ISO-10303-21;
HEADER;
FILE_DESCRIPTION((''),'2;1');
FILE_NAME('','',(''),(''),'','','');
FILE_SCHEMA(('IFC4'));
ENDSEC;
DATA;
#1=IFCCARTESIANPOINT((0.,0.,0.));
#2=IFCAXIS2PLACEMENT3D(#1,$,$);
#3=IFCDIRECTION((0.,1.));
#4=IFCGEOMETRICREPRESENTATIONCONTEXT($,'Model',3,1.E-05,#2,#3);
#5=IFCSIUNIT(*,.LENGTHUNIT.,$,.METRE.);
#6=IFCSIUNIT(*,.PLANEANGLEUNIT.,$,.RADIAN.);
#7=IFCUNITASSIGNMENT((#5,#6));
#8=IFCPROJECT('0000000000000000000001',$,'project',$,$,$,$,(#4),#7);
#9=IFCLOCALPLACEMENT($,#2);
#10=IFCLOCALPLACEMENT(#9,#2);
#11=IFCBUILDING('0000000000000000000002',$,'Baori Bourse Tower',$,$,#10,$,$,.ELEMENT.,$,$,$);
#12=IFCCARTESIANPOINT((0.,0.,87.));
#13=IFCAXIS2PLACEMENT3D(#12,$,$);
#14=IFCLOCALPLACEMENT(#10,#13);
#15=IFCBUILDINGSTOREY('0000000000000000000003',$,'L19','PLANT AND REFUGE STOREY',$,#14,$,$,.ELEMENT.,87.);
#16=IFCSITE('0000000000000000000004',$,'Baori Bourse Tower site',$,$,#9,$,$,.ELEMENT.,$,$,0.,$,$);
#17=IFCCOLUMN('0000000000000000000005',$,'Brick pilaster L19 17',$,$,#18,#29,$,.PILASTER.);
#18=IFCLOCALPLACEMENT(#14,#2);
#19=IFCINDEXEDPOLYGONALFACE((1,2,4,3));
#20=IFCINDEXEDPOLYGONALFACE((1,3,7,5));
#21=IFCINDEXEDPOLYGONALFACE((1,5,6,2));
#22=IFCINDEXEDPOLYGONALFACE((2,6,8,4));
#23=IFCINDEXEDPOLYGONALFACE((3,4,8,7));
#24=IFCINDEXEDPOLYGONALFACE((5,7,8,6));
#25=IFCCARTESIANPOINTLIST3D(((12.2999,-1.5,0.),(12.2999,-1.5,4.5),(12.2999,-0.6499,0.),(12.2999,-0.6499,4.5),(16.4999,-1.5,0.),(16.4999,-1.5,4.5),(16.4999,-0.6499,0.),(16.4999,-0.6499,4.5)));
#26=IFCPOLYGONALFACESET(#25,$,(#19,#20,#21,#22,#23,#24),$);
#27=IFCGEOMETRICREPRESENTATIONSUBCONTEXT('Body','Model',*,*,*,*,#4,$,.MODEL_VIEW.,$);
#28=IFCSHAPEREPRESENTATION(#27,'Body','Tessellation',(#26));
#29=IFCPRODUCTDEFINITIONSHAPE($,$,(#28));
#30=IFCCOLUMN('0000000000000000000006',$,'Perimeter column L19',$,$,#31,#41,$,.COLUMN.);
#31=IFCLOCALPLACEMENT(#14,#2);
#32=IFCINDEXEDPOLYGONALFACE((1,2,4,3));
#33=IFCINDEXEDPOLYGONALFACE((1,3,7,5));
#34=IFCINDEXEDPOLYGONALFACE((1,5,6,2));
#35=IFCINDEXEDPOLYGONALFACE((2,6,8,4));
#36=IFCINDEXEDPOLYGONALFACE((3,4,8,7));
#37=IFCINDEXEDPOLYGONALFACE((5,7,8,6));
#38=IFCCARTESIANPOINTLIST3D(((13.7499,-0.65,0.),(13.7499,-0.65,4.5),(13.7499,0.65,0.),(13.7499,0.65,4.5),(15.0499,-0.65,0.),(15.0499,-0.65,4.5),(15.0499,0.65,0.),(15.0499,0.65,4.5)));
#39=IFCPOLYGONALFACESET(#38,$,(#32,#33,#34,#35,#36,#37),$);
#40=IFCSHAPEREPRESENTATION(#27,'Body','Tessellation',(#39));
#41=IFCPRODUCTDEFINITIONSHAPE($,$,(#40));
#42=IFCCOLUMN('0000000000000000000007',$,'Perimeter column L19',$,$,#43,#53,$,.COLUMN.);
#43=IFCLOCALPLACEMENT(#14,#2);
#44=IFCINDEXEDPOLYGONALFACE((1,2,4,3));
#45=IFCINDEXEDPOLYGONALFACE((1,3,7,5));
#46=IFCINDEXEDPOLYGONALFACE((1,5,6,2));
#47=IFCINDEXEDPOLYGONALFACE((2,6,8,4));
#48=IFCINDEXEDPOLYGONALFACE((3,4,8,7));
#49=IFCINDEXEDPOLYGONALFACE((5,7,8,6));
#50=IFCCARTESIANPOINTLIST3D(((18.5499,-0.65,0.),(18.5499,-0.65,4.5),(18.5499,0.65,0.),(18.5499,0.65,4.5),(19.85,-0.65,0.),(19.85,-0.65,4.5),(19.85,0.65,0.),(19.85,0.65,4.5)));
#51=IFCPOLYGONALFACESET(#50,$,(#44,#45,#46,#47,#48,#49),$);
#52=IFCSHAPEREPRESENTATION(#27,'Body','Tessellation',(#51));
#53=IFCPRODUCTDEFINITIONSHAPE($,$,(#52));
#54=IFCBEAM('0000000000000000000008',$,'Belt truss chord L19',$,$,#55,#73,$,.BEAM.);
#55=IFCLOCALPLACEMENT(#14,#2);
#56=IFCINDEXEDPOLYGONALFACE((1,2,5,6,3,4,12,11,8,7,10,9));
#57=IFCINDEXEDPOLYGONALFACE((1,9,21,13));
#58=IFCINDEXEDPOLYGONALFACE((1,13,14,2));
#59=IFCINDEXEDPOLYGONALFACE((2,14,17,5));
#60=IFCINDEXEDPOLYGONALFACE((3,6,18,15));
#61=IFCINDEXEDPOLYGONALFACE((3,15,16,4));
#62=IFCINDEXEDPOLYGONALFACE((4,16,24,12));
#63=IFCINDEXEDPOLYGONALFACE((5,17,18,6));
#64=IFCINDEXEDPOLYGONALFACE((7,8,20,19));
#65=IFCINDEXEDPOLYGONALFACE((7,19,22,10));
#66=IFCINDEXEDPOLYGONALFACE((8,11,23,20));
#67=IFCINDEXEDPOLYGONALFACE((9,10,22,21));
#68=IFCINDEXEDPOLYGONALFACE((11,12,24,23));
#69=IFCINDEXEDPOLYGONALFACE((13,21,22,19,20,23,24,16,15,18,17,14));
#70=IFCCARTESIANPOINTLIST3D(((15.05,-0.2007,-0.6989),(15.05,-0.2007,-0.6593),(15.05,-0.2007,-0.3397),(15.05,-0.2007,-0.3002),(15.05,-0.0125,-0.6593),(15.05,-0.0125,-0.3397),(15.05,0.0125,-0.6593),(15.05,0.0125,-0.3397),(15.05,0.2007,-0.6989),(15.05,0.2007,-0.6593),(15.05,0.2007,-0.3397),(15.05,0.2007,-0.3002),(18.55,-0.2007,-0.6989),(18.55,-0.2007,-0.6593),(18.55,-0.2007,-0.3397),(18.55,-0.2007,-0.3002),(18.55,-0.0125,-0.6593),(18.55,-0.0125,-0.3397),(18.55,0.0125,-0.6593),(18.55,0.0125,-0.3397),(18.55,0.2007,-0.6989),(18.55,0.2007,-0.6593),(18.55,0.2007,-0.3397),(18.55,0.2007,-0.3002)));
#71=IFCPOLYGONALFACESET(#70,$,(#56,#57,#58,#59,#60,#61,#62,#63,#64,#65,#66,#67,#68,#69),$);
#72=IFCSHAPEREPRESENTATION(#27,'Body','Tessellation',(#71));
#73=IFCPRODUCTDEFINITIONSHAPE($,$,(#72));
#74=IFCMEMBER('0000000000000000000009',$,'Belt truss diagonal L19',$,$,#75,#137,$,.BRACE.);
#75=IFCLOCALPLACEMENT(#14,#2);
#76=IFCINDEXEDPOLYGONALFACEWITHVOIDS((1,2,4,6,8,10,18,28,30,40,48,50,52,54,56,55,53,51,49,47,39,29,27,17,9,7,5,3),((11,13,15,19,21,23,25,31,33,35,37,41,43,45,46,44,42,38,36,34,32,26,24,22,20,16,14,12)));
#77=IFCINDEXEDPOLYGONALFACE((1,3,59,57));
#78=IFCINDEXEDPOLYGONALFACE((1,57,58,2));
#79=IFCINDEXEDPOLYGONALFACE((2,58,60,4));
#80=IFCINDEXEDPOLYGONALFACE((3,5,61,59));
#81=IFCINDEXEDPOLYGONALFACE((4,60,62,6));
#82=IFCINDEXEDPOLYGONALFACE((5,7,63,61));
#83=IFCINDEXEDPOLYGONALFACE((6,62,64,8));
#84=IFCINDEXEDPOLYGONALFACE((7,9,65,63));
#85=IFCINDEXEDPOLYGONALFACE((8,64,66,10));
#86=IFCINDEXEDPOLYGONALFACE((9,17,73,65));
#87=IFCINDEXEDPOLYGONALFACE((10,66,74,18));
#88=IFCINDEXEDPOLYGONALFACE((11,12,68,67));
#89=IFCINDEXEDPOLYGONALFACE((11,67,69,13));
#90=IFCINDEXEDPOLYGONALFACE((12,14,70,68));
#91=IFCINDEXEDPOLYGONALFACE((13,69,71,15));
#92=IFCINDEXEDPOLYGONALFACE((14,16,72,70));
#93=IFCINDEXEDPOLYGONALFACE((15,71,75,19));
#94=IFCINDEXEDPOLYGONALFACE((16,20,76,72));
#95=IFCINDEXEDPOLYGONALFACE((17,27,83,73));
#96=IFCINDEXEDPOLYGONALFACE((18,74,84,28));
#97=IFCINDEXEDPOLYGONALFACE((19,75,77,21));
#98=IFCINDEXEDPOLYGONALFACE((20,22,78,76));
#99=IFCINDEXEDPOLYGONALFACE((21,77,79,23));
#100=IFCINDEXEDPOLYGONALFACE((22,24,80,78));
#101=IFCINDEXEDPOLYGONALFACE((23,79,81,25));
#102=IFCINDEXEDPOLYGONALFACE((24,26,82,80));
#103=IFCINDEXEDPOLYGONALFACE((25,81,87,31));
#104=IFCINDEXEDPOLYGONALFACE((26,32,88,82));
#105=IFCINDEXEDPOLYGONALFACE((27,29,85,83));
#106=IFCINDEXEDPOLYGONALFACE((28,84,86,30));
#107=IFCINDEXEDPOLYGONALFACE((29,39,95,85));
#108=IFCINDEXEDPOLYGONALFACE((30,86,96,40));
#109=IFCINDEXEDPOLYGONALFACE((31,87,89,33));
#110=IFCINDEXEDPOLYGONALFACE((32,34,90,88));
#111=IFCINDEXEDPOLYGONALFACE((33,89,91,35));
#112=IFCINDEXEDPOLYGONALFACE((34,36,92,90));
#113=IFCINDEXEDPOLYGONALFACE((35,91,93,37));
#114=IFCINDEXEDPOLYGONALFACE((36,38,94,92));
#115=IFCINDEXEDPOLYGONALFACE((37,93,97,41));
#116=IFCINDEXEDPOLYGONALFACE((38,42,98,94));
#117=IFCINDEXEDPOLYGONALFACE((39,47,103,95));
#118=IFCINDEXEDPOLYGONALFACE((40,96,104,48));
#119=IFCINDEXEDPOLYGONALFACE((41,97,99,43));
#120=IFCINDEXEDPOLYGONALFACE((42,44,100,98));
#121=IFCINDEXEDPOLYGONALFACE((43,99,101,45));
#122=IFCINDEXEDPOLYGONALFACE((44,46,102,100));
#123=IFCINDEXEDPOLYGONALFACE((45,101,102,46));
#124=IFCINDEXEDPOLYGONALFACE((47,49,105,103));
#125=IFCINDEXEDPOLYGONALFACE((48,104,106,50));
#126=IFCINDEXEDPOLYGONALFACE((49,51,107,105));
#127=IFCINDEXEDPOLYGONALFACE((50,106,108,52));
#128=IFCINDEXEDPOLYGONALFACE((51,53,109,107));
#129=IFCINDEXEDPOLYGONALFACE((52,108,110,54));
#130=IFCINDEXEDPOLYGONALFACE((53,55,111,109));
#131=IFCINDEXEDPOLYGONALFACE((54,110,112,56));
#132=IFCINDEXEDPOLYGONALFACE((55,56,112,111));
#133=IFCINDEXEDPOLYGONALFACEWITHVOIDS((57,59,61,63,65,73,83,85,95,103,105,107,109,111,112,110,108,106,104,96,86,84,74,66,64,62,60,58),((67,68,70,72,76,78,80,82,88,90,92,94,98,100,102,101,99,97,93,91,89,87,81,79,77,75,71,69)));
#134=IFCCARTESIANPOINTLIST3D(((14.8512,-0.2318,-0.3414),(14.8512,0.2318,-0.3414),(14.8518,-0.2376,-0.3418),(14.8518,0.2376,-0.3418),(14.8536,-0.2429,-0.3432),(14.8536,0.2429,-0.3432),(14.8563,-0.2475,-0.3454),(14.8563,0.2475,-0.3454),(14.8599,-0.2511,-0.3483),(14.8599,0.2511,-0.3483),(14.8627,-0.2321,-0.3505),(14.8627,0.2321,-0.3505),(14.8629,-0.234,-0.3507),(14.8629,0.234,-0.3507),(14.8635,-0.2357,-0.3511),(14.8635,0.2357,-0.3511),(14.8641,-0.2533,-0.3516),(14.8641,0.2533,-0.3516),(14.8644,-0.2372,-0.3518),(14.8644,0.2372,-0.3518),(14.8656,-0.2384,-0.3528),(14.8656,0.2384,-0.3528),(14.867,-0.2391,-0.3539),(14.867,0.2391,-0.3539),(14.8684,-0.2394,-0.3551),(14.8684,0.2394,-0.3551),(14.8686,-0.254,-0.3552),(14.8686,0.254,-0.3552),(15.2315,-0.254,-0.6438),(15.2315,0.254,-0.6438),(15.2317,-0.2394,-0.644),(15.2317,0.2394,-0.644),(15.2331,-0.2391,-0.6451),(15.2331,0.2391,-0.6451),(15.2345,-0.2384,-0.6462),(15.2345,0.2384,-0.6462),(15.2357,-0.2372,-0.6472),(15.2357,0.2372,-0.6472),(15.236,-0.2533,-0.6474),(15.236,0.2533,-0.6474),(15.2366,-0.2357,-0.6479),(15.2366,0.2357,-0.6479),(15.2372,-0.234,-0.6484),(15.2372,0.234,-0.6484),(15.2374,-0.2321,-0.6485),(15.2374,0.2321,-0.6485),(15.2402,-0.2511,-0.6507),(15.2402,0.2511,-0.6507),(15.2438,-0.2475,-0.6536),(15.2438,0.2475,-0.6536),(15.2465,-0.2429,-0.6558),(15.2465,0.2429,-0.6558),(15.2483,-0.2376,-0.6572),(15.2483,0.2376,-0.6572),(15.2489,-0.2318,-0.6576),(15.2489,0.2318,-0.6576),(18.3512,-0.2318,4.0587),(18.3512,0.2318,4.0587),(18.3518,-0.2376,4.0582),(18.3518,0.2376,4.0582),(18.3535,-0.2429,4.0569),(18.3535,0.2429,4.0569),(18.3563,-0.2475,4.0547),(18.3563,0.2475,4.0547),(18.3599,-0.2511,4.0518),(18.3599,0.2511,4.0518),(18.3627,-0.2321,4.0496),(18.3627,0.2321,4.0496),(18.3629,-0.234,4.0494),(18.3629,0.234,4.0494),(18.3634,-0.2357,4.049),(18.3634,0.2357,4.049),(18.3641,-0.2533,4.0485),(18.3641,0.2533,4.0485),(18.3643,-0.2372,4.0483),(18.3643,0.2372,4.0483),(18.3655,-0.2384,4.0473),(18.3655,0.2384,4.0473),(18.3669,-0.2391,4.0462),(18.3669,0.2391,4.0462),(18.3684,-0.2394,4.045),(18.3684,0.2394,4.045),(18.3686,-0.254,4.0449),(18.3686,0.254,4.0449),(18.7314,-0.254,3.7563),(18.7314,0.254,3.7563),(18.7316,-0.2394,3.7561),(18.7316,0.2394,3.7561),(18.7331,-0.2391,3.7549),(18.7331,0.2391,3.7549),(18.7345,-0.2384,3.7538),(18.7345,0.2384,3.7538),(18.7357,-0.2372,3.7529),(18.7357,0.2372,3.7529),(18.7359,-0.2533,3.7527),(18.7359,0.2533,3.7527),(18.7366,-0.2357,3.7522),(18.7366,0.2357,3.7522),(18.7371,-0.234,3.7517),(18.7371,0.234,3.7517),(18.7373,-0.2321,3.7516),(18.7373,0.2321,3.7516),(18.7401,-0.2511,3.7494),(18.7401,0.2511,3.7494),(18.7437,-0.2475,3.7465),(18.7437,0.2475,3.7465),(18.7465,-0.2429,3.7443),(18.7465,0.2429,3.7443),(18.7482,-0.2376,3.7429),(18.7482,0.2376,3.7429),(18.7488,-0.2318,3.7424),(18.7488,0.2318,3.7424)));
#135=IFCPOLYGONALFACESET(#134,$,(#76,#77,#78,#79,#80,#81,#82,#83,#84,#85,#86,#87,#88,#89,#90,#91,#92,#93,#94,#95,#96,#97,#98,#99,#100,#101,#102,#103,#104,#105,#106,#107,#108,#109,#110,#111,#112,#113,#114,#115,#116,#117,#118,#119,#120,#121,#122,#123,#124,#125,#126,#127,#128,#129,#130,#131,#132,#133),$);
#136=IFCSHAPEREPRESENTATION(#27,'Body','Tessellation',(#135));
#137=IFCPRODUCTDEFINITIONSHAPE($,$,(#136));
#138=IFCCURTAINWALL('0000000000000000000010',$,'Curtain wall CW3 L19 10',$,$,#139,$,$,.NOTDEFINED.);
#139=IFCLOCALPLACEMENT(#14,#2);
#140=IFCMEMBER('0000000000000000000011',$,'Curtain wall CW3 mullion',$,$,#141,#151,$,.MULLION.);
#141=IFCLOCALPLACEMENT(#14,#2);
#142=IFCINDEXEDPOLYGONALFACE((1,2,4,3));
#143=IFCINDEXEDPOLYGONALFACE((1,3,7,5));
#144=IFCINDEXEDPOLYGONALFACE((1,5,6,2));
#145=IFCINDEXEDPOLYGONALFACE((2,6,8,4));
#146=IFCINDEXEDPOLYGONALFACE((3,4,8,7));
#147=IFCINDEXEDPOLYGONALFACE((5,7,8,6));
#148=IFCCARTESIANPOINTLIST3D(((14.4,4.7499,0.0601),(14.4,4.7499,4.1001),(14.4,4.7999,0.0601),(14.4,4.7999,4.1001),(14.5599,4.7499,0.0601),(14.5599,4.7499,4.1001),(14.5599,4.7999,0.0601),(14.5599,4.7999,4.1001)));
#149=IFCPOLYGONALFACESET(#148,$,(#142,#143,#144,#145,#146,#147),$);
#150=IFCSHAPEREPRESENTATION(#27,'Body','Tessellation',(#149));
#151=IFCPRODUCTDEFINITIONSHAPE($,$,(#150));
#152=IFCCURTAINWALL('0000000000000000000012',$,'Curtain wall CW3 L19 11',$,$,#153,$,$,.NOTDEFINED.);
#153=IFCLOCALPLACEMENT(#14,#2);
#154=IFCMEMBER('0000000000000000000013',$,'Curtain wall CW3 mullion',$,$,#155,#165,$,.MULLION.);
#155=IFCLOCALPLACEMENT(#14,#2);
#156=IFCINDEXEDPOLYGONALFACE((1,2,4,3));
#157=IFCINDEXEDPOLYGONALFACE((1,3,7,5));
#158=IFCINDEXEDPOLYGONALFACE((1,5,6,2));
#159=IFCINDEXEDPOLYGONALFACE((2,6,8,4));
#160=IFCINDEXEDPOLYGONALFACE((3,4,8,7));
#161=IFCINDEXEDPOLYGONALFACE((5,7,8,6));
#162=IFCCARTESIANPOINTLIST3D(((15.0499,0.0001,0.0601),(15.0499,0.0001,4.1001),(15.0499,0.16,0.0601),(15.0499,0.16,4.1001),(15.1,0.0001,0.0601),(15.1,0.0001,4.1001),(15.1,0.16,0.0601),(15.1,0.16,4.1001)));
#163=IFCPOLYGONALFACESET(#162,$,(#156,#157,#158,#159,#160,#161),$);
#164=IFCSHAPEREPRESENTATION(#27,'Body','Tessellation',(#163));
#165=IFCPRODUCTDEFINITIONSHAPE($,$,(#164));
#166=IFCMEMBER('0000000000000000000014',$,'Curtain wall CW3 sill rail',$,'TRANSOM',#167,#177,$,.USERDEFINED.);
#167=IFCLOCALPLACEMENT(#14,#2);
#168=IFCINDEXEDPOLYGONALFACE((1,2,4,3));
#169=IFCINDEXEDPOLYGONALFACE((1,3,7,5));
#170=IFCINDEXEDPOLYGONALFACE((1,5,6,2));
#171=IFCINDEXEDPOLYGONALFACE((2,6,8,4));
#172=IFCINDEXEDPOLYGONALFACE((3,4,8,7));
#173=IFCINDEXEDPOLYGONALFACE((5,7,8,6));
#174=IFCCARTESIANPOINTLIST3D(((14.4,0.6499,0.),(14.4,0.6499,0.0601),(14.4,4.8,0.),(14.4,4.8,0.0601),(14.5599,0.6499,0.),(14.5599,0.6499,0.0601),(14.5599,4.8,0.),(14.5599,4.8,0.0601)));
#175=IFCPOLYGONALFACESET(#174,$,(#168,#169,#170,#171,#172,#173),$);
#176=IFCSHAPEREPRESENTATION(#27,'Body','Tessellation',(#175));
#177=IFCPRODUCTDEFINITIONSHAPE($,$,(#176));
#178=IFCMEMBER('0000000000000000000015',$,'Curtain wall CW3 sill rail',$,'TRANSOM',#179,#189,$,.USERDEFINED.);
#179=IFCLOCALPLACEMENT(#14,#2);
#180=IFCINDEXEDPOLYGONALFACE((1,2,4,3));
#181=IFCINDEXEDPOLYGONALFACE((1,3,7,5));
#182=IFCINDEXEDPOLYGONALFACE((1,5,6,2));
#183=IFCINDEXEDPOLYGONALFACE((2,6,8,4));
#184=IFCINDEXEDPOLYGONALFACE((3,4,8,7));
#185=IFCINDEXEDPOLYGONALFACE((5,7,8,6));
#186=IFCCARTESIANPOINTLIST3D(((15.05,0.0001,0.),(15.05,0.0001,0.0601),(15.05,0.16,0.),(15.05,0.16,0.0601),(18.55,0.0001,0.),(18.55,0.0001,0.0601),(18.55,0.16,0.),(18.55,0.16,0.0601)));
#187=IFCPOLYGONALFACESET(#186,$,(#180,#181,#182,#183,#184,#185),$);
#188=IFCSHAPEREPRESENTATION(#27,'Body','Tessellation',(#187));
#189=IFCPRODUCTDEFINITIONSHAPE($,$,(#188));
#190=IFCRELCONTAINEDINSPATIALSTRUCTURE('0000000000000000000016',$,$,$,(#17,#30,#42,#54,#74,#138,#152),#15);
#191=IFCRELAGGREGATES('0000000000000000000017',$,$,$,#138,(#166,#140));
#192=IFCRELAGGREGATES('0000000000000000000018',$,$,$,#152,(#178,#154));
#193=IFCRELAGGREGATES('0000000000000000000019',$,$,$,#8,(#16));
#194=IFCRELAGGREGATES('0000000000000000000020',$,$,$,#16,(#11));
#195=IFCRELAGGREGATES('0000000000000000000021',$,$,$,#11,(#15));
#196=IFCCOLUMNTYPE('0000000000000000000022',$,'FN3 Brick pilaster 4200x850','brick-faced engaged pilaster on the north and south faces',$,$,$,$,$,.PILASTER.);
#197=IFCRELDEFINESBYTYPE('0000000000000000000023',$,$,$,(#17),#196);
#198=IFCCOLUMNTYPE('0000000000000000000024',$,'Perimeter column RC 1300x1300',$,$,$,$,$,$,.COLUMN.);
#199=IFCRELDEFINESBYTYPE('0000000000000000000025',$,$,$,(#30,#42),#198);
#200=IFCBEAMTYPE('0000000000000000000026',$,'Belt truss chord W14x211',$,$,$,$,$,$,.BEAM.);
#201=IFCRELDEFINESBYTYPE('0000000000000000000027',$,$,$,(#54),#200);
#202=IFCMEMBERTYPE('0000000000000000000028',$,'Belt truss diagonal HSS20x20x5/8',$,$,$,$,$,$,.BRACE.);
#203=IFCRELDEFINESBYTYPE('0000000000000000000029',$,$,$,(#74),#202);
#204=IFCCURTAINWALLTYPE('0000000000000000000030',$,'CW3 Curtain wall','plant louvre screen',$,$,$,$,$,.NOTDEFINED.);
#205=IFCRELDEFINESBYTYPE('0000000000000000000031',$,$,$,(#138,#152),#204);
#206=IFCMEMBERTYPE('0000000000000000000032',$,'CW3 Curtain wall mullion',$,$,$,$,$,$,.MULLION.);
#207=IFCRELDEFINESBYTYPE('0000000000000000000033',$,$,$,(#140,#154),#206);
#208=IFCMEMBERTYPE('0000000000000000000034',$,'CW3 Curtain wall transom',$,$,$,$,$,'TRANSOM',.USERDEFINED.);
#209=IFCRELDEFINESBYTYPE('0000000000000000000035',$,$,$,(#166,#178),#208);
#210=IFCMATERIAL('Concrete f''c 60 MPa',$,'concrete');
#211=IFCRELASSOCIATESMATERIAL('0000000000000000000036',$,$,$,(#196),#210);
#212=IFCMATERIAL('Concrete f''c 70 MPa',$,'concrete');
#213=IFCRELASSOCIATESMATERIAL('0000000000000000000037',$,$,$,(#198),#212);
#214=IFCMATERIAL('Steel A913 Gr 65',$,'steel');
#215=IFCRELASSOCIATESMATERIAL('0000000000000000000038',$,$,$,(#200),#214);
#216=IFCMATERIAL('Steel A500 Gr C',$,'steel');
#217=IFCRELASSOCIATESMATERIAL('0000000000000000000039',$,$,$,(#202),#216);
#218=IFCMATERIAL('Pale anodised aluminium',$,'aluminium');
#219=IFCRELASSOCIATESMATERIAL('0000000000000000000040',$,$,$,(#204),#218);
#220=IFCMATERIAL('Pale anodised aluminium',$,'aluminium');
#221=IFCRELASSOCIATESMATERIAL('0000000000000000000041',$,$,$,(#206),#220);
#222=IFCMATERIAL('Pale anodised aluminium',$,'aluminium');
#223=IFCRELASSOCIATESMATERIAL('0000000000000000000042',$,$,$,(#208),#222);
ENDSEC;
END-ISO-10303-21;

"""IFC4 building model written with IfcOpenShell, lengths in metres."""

from ifc_helpers import new_model, si_unit, direction, frame, origin, origin_2d, place, context, subcontext, project, spatial, rectangle, hollow_rectangle, i_section, extrude, material, material_profile, profile_set, type_object, element, aggregate, save


model = new_model("IFC4")

# Units and contexts
model_context = context("Model", 3, precision=1e-05, world=origin(), true_north=direction((0.0, 1.0)))
body_context = subcontext(model_context, "Body", "Model", "MODEL_VIEW")
ifc_project = project(units=[si_unit("LENGTHUNIT", "METRE"), si_unit("PLANEANGLEUNIT", "RADIAN")], contexts=[model_context])

# Site, building, storey
site_placement = place(None, origin())
site = spatial("IfcSite", under=ifc_project, at=site_placement, Name="Baori Bourse Tower site", CompositionType="ELEMENT", RefElevation=0.0)
building_placement = place(site_placement, origin())
building = spatial("IfcBuilding", under=site, at=building_placement, Name="Baori Bourse Tower", CompositionType="ELEMENT")
storey_placement = place(building_placement, frame((0.0, 0.0, 87.0)))
storey = spatial("IfcBuildingStorey", under=building, at=storey_placement, Name="L19", Description="PLANT AND REFUGE STOREY", CompositionType="ELEMENT", Elevation=87.0)

# Columns
ifc_material_1 = material(Name="Concrete f'c 60 MPa", Category="concrete")
ifc_material_profile_1 = material_profile(ifc_material_1, rectangle(XDim=4.2, YDim=0.8501, at=origin_2d()), Name="RC 4200x850")
ifc_profile_set_1 = profile_set([ifc_material_profile_1], Name="Concrete f'c 60 MPa")
column_type_1 = type_object("IfcColumnType", Name="FN3 Brick pilaster 4200x850", Description="brick-faced engaged pilaster on the north and south faces", PredefinedType="PILASTER", material=ifc_profile_set_1)
column_placement = place(storey_placement, frame((14.3999, -1.075, 0.0), z_axis=(0.0, 0.0, 1.0), x_axis=(1.0, 0.0, 0.0)))
element("IfcColumn", 1, at=column_placement, inside=storey, type_object=column_type_1, Name="Brick pilaster L19 17", PredefinedType="PILASTER", context=body_context, shape_type="SweptSolid", body=[
    extrude(rectangle(XDim=4.2, YDim=0.8501, at=origin_2d()), origin(), (0.0, 0.0, 1.0), 4.5),
])
ifc_material_2 = material(Name="Concrete f'c 70 MPa", Category="concrete")
ifc_material_profile_2 = material_profile(ifc_material_2, rectangle(XDim=1.3, YDim=1.3, at=origin_2d()), Name="RC 1300x1300")
ifc_profile_set_2 = profile_set([ifc_material_profile_2], Name="Concrete f'c 70 MPa")
column_type_2 = type_object("IfcColumnType", Name="Perimeter column RC 1300x1300", PredefinedType="COLUMN", material=ifc_profile_set_2)
for number, where, z_axis, x_axis, name in (
    (2, (14.3999, 0.0, 0.0), (0.0, 0.0, 1.0), (1.0, 0.0, 0.0), "Perimeter column L19"),
    (3, (19.2, 0.0, 0.0), (0.0, 0.0, 1.0), (1.0, 0.0, 0.0), "Perimeter column L19"),
):
    element("IfcColumn", number, at=place(storey_placement, frame(where, z_axis=z_axis, x_axis=x_axis)), inside=storey, type_object=column_type_2, Name=name, PredefinedType="COLUMN", context=body_context, shape_type="SweptSolid", body=[
        extrude(rectangle(XDim=1.3, YDim=1.3, at=origin_2d()), origin(), (0.0, 0.0, 1.0), 4.5),
    ])

# Beam
ifc_material_3 = material(Name="Steel A913 Gr 65", Category="steel")
ifc_material_profile_3 = material_profile(ifc_material_3, i_section(OverallWidth=0.4014, OverallDepth=0.3987, WebThickness=0.0249, FlangeThickness=0.0396, at=origin_2d()), Name="W14x211")
ifc_profile_set_3 = profile_set([ifc_material_profile_3], Name="Steel A913 Gr 65")
beam_type_1 = type_object("IfcBeamType", Name="Belt truss chord W14x211", PredefinedType="BEAM", material=ifc_profile_set_3)
beam_1_placement = place(storey_placement, frame((15.05, 0.0, -0.4995), z_axis=(1.0, 0.0, 0.0), x_axis=(0.0, 1.0, 0.0)))
element("IfcBeam", 4, at=beam_1_placement, inside=storey, type_object=beam_type_1, Name="Belt truss chord L19", PredefinedType="BEAM", context=body_context, shape_type="SweptSolid", body=[
    extrude(i_section(OverallWidth=0.4014, OverallDepth=0.3987, WebThickness=0.0249, FlangeThickness=0.0396, at=origin_2d()), origin(), (0.0, 0.0, 1.0), 3.5),
])

# Member
ifc_material_4 = material(Name="Steel A500 Gr C", Category="steel")
ifc_material_profile_4 = material_profile(ifc_material_4, hollow_rectangle(XDim=0.5081, YDim=0.5081, WallThickness=0.0146, InnerFilletRadius=0.0073, OuterFilletRadius=0.0222, at=origin_2d()), Name="HSS20x20x5/8")
ifc_profile_set_4 = profile_set([ifc_material_profile_4], Name="Steel A500 Gr C")
member_type_1 = type_object("IfcMemberType", Name="Belt truss diagonal HSS20x20x5/8", PredefinedType="BRACE", material=ifc_profile_set_4)
member_1_placement = place(storey_placement, frame((15.05, 0.0, -0.4995), z_axis=(0.622511, 0.0, 0.782611), x_axis=(0.0, 1.0, 0.0)))
element("IfcMember", 5, at=member_1_placement, inside=storey, type_object=member_type_1, Name="Belt truss diagonal L19", PredefinedType="BRACE", context=body_context, shape_type="SweptSolid", body=[
    extrude(hollow_rectangle(XDim=0.5081, YDim=0.5081, WallThickness=0.0146, InnerFilletRadius=0.0073, OuterFilletRadius=0.0222, at=origin_2d()), origin(), (0.0, 0.0, 1.0), 5.6223),
])

# Curtain walls, members
ifc_material_5 = material(Name="Pale anodised aluminium", Category="aluminium")
curtain_wall_type = type_object("IfcCurtainWallType", Name="CW3 Curtain wall", Description="plant louvre screen", PredefinedType="NOTDEFINED", material=ifc_material_5)
curtain_wall_1_placement = place(storey_placement, origin())
curtain_wall_1 = element("IfcCurtainWall", 6, at=curtain_wall_1_placement, inside=storey, type_object=curtain_wall_type, Name="Curtain wall CW3 L19 10", PredefinedType="NOTDEFINED")
ifc_material_6 = material(Name="Pale anodised aluminium", Category="aluminium")
ifc_material_profile_5 = material_profile(ifc_material_6, rectangle(XDim=0.1599, YDim=0.05, at=origin_2d()), Name="Mullion 50x160")
ifc_profile_set_5 = profile_set([ifc_material_profile_5], Name="Pale anodised aluminium")
member_type_2 = type_object("IfcMemberType", Name="CW3 Curtain wall mullion", PredefinedType="MULLION", material=ifc_profile_set_5)
member_2_placement = place(storey_placement, frame((14.48, 4.7749, 0.0601), z_axis=(0.0, 0.0, 1.0), x_axis=(1.0, 0.0, 0.0)))
member_2 = element("IfcMember", 7, at=member_2_placement, type_object=member_type_2, Name="Curtain wall CW3 mullion", PredefinedType="MULLION", context=body_context, shape_type="SweptSolid", body=[
    extrude(rectangle(XDim=0.1599, YDim=0.05, at=origin_2d()), origin(), (0.0, 0.0, 1.0), 4.04),
])
curtain_wall_2_placement = place(storey_placement, origin())
curtain_wall_2 = element("IfcCurtainWall", 8, at=curtain_wall_2_placement, inside=storey, type_object=curtain_wall_type, Name="Curtain wall CW3 L19 11", PredefinedType="NOTDEFINED")
member_3_placement = place(storey_placement, frame((15.075, 0.0801, 0.0601), z_axis=(0.0, 0.0, 1.0), x_axis=(0.0, 1.0, 0.0)))
member_3 = element("IfcMember", 9, at=member_3_placement, type_object=member_type_2, Name="Curtain wall CW3 mullion", PredefinedType="MULLION", context=body_context, shape_type="SweptSolid", body=[
    extrude(rectangle(XDim=0.1599, YDim=0.05, at=origin_2d()), origin(), (0.0, 0.0, 1.0), 4.04),
])

# Members
ifc_material_7 = material(Name="Pale anodised aluminium", Category="aluminium")
ifc_material_profile_6 = material_profile(ifc_material_7, rectangle(XDim=0.1599, YDim=0.0601, at=origin_2d()), Name="Transom 60x160")
ifc_profile_set_6 = profile_set([ifc_material_profile_6], Name="Pale anodised aluminium")
member_type_3 = type_object("IfcMemberType", Name="CW3 Curtain wall transom", ElementType="TRANSOM", PredefinedType="USERDEFINED", material=ifc_profile_set_6)
member_4_placement = place(storey_placement, frame((14.48, 4.8, 0.03), z_axis=(0.0, -1.0, 0.0), x_axis=(1.0, 0.0, 0.0)))
member_4 = element("IfcMember", 10, at=member_4_placement, type_object=member_type_3, Name="Curtain wall CW3 sill rail", ObjectType="TRANSOM", PredefinedType="USERDEFINED", context=body_context, shape_type="SweptSolid", body=[
    extrude(rectangle(XDim=0.1599, YDim=0.0601, at=origin_2d()), origin(), (0.0, 0.0, 1.0), 4.1501),
])
member_5_placement = place(storey_placement, frame((15.05, 0.0801, 0.03), z_axis=(1.0, 0.0, 0.0), x_axis=(0.0, 1.0, 0.0)))
member_5 = element("IfcMember", 11, at=member_5_placement, type_object=member_type_3, Name="Curtain wall CW3 sill rail", ObjectType="TRANSOM", PredefinedType="USERDEFINED", context=body_context, shape_type="SweptSolid", body=[
    extrude(rectangle(XDim=0.1599, YDim=0.0601, at=origin_2d()), origin(), (0.0, 0.0, 1.0), 3.5),
])

aggregate(curtain_wall_1, [member_4, member_2])
aggregate(curtain_wall_2, [member_5, member_3])

save(model, "model.ifc")
